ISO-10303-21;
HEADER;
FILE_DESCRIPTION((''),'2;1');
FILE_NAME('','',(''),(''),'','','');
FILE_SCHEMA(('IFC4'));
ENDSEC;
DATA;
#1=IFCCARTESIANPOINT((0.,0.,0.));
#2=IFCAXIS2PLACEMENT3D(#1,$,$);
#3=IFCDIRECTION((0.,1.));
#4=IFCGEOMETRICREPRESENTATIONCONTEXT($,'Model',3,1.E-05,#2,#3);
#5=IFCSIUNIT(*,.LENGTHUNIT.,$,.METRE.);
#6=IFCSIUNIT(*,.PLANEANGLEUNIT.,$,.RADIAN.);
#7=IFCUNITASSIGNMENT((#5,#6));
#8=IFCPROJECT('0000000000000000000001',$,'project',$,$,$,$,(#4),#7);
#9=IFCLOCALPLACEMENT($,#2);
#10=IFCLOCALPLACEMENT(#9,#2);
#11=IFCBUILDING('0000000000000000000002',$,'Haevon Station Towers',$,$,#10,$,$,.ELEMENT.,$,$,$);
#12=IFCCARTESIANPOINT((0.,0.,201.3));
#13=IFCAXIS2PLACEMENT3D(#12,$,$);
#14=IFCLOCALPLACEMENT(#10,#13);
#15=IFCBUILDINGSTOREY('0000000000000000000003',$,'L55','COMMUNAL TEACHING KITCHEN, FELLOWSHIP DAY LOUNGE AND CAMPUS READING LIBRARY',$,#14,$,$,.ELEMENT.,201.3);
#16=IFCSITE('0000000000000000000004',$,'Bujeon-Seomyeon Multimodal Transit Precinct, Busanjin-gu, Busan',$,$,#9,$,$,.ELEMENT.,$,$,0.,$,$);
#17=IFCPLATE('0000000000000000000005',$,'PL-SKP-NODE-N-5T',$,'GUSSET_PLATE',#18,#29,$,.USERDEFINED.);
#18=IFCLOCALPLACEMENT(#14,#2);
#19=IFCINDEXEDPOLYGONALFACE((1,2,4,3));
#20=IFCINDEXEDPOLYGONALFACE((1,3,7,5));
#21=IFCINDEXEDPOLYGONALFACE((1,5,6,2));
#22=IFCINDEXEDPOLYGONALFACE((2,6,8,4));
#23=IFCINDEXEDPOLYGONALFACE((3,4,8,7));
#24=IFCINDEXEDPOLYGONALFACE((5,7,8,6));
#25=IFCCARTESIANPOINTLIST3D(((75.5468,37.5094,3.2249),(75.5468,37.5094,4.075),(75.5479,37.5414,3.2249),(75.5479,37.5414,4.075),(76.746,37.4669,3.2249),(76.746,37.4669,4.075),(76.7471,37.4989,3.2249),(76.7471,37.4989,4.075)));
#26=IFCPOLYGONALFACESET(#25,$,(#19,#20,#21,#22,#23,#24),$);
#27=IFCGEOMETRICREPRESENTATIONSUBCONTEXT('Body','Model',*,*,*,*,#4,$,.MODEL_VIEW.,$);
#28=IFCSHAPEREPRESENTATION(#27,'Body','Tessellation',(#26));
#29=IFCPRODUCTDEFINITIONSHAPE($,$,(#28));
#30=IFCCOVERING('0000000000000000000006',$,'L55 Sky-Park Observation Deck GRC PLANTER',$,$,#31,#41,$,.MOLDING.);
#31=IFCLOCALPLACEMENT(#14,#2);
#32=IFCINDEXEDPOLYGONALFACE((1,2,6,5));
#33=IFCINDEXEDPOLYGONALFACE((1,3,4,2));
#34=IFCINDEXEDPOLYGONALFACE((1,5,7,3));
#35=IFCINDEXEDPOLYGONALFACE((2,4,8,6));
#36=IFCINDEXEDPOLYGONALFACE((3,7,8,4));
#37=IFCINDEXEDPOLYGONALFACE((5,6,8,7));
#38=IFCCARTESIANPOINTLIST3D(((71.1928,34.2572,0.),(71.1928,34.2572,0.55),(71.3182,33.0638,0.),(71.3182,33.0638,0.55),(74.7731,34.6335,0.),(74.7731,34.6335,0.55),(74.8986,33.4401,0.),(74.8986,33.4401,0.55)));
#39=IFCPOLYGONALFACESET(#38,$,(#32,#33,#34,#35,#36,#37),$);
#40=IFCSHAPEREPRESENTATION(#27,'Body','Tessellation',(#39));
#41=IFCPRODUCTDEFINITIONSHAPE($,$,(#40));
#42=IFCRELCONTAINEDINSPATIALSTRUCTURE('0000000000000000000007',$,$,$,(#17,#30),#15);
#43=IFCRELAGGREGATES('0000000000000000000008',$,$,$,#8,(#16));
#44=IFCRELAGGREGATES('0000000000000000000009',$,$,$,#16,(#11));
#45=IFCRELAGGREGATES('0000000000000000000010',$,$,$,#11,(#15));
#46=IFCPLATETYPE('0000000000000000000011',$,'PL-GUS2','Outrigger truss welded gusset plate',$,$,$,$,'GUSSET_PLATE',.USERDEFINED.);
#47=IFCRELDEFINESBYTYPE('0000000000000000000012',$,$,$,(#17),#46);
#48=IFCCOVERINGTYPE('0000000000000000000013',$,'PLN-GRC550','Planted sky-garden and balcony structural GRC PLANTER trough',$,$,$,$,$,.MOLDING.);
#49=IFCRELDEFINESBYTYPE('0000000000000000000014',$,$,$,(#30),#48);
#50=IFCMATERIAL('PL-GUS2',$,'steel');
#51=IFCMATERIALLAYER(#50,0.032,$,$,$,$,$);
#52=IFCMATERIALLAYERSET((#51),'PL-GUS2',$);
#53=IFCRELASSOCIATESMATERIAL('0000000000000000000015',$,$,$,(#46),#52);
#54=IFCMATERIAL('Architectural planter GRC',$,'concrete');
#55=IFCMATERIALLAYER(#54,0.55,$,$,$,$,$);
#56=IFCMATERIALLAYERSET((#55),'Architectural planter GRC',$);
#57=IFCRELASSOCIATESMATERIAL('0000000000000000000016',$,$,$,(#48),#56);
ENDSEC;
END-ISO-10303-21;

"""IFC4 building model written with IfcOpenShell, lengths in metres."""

from ifc_helpers import new_model, si_unit, direction, frame, origin, origin_2d, place, context, subcontext, project, spatial, rectangle, extrude, material, layer, layer_set, type_object, element, save


model = new_model("IFC4")

# Units and contexts
model_context = context("Model", 3, precision=1e-05, world=origin(), true_north=direction((0.0, 1.0)))
body_context = subcontext(model_context, "Body", "Model", "MODEL_VIEW")
ifc_project = project(units=[si_unit("LENGTHUNIT", "METRE"), si_unit("PLANEANGLEUNIT", "RADIAN")], contexts=[model_context])

# Site, building, storey
site_placement = place(None, origin())
site = spatial("IfcSite", under=ifc_project, at=site_placement, Name="Bujeon-Seomyeon Multimodal Transit Precinct, Busanjin-gu, Busan", CompositionType="ELEMENT", RefElevation=0.0)
building_placement = place(site_placement, origin())
building = spatial("IfcBuilding", under=site, at=building_placement, Name="Haevon Station Towers", CompositionType="ELEMENT")
storey_placement = place(building_placement, frame((0.0, 0.0, 201.3)))
storey = spatial("IfcBuildingStorey", under=building, at=storey_placement, Name="L55", Description="COMMUNAL TEACHING KITCHEN, FELLOWSHIP DAY LOUNGE AND CAMPUS READING LIBRARY", CompositionType="ELEMENT", Elevation=201.3)

# Plate
ifc_material_1 = material(Name="PL-GUS2", Category="steel")
ifc_layer_1 = layer(ifc_material_1, 0.032)
ifc_layer_set_1 = layer_set([ifc_layer_1], Name="PL-GUS2")
plate_type = type_object("IfcPlateType", Name="PL-GUS2", Description="Outrigger truss welded gusset plate", ElementType="GUSSET_PLATE", PredefinedType="USERDEFINED", material=ifc_layer_set_1)
for number, where, z_axis, x_axis, name in (
    (1, (76.147, 37.5042, 3.2249), (0.0, 0.0, 1.0), (0.999372, -0.03544, 0.0), "PL-SKP-NODE-N-5T"),
):
    element("IfcPlate", number, at=place(storey_placement, frame(where, z_axis=z_axis, x_axis=x_axis)), inside=storey, type_object=plate_type, Name=name, ObjectType="GUSSET_PLATE", PredefinedType="USERDEFINED", context=body_context, shape_type="SweptSolid", body=[
        extrude(rectangle(XDim=1.2, YDim=0.032, at=origin_2d()), origin(), (0.0, 0.0, 1.0), 0.8501),
    ])

# Covering
ifc_material_2 = material(Name="Architectural planter GRC", Category="concrete")
ifc_layer_2 = layer(ifc_material_2, 0.55)
ifc_layer_set_2 = layer_set([ifc_layer_2], Name="Architectural planter GRC")
covering_type = type_object("IfcCoveringType", Name="PLN-GRC550", Description="Planted sky-garden and balcony structural GRC PLANTER trough", PredefinedType="MOLDING", material=ifc_layer_set_2)
covering_placement = place(storey_placement, frame((73.0457, 33.8486, 0.0), z_axis=(0.0, 0.0, 1.0), x_axis=(0.994522, 0.104528, 0.0)))
element("IfcCovering", 2, at=covering_placement, inside=storey, type_object=covering_type, Name="L55 Sky-Park Observation Deck GRC PLANTER", PredefinedType="MOLDING", context=body_context, shape_type="SweptSolid", body=[
    extrude(rectangle(XDim=3.6001, YDim=1.2, at=origin_2d()), origin(), (0.0, 0.0, 1.0), 0.55),
])

save(model, "model.ifc")
